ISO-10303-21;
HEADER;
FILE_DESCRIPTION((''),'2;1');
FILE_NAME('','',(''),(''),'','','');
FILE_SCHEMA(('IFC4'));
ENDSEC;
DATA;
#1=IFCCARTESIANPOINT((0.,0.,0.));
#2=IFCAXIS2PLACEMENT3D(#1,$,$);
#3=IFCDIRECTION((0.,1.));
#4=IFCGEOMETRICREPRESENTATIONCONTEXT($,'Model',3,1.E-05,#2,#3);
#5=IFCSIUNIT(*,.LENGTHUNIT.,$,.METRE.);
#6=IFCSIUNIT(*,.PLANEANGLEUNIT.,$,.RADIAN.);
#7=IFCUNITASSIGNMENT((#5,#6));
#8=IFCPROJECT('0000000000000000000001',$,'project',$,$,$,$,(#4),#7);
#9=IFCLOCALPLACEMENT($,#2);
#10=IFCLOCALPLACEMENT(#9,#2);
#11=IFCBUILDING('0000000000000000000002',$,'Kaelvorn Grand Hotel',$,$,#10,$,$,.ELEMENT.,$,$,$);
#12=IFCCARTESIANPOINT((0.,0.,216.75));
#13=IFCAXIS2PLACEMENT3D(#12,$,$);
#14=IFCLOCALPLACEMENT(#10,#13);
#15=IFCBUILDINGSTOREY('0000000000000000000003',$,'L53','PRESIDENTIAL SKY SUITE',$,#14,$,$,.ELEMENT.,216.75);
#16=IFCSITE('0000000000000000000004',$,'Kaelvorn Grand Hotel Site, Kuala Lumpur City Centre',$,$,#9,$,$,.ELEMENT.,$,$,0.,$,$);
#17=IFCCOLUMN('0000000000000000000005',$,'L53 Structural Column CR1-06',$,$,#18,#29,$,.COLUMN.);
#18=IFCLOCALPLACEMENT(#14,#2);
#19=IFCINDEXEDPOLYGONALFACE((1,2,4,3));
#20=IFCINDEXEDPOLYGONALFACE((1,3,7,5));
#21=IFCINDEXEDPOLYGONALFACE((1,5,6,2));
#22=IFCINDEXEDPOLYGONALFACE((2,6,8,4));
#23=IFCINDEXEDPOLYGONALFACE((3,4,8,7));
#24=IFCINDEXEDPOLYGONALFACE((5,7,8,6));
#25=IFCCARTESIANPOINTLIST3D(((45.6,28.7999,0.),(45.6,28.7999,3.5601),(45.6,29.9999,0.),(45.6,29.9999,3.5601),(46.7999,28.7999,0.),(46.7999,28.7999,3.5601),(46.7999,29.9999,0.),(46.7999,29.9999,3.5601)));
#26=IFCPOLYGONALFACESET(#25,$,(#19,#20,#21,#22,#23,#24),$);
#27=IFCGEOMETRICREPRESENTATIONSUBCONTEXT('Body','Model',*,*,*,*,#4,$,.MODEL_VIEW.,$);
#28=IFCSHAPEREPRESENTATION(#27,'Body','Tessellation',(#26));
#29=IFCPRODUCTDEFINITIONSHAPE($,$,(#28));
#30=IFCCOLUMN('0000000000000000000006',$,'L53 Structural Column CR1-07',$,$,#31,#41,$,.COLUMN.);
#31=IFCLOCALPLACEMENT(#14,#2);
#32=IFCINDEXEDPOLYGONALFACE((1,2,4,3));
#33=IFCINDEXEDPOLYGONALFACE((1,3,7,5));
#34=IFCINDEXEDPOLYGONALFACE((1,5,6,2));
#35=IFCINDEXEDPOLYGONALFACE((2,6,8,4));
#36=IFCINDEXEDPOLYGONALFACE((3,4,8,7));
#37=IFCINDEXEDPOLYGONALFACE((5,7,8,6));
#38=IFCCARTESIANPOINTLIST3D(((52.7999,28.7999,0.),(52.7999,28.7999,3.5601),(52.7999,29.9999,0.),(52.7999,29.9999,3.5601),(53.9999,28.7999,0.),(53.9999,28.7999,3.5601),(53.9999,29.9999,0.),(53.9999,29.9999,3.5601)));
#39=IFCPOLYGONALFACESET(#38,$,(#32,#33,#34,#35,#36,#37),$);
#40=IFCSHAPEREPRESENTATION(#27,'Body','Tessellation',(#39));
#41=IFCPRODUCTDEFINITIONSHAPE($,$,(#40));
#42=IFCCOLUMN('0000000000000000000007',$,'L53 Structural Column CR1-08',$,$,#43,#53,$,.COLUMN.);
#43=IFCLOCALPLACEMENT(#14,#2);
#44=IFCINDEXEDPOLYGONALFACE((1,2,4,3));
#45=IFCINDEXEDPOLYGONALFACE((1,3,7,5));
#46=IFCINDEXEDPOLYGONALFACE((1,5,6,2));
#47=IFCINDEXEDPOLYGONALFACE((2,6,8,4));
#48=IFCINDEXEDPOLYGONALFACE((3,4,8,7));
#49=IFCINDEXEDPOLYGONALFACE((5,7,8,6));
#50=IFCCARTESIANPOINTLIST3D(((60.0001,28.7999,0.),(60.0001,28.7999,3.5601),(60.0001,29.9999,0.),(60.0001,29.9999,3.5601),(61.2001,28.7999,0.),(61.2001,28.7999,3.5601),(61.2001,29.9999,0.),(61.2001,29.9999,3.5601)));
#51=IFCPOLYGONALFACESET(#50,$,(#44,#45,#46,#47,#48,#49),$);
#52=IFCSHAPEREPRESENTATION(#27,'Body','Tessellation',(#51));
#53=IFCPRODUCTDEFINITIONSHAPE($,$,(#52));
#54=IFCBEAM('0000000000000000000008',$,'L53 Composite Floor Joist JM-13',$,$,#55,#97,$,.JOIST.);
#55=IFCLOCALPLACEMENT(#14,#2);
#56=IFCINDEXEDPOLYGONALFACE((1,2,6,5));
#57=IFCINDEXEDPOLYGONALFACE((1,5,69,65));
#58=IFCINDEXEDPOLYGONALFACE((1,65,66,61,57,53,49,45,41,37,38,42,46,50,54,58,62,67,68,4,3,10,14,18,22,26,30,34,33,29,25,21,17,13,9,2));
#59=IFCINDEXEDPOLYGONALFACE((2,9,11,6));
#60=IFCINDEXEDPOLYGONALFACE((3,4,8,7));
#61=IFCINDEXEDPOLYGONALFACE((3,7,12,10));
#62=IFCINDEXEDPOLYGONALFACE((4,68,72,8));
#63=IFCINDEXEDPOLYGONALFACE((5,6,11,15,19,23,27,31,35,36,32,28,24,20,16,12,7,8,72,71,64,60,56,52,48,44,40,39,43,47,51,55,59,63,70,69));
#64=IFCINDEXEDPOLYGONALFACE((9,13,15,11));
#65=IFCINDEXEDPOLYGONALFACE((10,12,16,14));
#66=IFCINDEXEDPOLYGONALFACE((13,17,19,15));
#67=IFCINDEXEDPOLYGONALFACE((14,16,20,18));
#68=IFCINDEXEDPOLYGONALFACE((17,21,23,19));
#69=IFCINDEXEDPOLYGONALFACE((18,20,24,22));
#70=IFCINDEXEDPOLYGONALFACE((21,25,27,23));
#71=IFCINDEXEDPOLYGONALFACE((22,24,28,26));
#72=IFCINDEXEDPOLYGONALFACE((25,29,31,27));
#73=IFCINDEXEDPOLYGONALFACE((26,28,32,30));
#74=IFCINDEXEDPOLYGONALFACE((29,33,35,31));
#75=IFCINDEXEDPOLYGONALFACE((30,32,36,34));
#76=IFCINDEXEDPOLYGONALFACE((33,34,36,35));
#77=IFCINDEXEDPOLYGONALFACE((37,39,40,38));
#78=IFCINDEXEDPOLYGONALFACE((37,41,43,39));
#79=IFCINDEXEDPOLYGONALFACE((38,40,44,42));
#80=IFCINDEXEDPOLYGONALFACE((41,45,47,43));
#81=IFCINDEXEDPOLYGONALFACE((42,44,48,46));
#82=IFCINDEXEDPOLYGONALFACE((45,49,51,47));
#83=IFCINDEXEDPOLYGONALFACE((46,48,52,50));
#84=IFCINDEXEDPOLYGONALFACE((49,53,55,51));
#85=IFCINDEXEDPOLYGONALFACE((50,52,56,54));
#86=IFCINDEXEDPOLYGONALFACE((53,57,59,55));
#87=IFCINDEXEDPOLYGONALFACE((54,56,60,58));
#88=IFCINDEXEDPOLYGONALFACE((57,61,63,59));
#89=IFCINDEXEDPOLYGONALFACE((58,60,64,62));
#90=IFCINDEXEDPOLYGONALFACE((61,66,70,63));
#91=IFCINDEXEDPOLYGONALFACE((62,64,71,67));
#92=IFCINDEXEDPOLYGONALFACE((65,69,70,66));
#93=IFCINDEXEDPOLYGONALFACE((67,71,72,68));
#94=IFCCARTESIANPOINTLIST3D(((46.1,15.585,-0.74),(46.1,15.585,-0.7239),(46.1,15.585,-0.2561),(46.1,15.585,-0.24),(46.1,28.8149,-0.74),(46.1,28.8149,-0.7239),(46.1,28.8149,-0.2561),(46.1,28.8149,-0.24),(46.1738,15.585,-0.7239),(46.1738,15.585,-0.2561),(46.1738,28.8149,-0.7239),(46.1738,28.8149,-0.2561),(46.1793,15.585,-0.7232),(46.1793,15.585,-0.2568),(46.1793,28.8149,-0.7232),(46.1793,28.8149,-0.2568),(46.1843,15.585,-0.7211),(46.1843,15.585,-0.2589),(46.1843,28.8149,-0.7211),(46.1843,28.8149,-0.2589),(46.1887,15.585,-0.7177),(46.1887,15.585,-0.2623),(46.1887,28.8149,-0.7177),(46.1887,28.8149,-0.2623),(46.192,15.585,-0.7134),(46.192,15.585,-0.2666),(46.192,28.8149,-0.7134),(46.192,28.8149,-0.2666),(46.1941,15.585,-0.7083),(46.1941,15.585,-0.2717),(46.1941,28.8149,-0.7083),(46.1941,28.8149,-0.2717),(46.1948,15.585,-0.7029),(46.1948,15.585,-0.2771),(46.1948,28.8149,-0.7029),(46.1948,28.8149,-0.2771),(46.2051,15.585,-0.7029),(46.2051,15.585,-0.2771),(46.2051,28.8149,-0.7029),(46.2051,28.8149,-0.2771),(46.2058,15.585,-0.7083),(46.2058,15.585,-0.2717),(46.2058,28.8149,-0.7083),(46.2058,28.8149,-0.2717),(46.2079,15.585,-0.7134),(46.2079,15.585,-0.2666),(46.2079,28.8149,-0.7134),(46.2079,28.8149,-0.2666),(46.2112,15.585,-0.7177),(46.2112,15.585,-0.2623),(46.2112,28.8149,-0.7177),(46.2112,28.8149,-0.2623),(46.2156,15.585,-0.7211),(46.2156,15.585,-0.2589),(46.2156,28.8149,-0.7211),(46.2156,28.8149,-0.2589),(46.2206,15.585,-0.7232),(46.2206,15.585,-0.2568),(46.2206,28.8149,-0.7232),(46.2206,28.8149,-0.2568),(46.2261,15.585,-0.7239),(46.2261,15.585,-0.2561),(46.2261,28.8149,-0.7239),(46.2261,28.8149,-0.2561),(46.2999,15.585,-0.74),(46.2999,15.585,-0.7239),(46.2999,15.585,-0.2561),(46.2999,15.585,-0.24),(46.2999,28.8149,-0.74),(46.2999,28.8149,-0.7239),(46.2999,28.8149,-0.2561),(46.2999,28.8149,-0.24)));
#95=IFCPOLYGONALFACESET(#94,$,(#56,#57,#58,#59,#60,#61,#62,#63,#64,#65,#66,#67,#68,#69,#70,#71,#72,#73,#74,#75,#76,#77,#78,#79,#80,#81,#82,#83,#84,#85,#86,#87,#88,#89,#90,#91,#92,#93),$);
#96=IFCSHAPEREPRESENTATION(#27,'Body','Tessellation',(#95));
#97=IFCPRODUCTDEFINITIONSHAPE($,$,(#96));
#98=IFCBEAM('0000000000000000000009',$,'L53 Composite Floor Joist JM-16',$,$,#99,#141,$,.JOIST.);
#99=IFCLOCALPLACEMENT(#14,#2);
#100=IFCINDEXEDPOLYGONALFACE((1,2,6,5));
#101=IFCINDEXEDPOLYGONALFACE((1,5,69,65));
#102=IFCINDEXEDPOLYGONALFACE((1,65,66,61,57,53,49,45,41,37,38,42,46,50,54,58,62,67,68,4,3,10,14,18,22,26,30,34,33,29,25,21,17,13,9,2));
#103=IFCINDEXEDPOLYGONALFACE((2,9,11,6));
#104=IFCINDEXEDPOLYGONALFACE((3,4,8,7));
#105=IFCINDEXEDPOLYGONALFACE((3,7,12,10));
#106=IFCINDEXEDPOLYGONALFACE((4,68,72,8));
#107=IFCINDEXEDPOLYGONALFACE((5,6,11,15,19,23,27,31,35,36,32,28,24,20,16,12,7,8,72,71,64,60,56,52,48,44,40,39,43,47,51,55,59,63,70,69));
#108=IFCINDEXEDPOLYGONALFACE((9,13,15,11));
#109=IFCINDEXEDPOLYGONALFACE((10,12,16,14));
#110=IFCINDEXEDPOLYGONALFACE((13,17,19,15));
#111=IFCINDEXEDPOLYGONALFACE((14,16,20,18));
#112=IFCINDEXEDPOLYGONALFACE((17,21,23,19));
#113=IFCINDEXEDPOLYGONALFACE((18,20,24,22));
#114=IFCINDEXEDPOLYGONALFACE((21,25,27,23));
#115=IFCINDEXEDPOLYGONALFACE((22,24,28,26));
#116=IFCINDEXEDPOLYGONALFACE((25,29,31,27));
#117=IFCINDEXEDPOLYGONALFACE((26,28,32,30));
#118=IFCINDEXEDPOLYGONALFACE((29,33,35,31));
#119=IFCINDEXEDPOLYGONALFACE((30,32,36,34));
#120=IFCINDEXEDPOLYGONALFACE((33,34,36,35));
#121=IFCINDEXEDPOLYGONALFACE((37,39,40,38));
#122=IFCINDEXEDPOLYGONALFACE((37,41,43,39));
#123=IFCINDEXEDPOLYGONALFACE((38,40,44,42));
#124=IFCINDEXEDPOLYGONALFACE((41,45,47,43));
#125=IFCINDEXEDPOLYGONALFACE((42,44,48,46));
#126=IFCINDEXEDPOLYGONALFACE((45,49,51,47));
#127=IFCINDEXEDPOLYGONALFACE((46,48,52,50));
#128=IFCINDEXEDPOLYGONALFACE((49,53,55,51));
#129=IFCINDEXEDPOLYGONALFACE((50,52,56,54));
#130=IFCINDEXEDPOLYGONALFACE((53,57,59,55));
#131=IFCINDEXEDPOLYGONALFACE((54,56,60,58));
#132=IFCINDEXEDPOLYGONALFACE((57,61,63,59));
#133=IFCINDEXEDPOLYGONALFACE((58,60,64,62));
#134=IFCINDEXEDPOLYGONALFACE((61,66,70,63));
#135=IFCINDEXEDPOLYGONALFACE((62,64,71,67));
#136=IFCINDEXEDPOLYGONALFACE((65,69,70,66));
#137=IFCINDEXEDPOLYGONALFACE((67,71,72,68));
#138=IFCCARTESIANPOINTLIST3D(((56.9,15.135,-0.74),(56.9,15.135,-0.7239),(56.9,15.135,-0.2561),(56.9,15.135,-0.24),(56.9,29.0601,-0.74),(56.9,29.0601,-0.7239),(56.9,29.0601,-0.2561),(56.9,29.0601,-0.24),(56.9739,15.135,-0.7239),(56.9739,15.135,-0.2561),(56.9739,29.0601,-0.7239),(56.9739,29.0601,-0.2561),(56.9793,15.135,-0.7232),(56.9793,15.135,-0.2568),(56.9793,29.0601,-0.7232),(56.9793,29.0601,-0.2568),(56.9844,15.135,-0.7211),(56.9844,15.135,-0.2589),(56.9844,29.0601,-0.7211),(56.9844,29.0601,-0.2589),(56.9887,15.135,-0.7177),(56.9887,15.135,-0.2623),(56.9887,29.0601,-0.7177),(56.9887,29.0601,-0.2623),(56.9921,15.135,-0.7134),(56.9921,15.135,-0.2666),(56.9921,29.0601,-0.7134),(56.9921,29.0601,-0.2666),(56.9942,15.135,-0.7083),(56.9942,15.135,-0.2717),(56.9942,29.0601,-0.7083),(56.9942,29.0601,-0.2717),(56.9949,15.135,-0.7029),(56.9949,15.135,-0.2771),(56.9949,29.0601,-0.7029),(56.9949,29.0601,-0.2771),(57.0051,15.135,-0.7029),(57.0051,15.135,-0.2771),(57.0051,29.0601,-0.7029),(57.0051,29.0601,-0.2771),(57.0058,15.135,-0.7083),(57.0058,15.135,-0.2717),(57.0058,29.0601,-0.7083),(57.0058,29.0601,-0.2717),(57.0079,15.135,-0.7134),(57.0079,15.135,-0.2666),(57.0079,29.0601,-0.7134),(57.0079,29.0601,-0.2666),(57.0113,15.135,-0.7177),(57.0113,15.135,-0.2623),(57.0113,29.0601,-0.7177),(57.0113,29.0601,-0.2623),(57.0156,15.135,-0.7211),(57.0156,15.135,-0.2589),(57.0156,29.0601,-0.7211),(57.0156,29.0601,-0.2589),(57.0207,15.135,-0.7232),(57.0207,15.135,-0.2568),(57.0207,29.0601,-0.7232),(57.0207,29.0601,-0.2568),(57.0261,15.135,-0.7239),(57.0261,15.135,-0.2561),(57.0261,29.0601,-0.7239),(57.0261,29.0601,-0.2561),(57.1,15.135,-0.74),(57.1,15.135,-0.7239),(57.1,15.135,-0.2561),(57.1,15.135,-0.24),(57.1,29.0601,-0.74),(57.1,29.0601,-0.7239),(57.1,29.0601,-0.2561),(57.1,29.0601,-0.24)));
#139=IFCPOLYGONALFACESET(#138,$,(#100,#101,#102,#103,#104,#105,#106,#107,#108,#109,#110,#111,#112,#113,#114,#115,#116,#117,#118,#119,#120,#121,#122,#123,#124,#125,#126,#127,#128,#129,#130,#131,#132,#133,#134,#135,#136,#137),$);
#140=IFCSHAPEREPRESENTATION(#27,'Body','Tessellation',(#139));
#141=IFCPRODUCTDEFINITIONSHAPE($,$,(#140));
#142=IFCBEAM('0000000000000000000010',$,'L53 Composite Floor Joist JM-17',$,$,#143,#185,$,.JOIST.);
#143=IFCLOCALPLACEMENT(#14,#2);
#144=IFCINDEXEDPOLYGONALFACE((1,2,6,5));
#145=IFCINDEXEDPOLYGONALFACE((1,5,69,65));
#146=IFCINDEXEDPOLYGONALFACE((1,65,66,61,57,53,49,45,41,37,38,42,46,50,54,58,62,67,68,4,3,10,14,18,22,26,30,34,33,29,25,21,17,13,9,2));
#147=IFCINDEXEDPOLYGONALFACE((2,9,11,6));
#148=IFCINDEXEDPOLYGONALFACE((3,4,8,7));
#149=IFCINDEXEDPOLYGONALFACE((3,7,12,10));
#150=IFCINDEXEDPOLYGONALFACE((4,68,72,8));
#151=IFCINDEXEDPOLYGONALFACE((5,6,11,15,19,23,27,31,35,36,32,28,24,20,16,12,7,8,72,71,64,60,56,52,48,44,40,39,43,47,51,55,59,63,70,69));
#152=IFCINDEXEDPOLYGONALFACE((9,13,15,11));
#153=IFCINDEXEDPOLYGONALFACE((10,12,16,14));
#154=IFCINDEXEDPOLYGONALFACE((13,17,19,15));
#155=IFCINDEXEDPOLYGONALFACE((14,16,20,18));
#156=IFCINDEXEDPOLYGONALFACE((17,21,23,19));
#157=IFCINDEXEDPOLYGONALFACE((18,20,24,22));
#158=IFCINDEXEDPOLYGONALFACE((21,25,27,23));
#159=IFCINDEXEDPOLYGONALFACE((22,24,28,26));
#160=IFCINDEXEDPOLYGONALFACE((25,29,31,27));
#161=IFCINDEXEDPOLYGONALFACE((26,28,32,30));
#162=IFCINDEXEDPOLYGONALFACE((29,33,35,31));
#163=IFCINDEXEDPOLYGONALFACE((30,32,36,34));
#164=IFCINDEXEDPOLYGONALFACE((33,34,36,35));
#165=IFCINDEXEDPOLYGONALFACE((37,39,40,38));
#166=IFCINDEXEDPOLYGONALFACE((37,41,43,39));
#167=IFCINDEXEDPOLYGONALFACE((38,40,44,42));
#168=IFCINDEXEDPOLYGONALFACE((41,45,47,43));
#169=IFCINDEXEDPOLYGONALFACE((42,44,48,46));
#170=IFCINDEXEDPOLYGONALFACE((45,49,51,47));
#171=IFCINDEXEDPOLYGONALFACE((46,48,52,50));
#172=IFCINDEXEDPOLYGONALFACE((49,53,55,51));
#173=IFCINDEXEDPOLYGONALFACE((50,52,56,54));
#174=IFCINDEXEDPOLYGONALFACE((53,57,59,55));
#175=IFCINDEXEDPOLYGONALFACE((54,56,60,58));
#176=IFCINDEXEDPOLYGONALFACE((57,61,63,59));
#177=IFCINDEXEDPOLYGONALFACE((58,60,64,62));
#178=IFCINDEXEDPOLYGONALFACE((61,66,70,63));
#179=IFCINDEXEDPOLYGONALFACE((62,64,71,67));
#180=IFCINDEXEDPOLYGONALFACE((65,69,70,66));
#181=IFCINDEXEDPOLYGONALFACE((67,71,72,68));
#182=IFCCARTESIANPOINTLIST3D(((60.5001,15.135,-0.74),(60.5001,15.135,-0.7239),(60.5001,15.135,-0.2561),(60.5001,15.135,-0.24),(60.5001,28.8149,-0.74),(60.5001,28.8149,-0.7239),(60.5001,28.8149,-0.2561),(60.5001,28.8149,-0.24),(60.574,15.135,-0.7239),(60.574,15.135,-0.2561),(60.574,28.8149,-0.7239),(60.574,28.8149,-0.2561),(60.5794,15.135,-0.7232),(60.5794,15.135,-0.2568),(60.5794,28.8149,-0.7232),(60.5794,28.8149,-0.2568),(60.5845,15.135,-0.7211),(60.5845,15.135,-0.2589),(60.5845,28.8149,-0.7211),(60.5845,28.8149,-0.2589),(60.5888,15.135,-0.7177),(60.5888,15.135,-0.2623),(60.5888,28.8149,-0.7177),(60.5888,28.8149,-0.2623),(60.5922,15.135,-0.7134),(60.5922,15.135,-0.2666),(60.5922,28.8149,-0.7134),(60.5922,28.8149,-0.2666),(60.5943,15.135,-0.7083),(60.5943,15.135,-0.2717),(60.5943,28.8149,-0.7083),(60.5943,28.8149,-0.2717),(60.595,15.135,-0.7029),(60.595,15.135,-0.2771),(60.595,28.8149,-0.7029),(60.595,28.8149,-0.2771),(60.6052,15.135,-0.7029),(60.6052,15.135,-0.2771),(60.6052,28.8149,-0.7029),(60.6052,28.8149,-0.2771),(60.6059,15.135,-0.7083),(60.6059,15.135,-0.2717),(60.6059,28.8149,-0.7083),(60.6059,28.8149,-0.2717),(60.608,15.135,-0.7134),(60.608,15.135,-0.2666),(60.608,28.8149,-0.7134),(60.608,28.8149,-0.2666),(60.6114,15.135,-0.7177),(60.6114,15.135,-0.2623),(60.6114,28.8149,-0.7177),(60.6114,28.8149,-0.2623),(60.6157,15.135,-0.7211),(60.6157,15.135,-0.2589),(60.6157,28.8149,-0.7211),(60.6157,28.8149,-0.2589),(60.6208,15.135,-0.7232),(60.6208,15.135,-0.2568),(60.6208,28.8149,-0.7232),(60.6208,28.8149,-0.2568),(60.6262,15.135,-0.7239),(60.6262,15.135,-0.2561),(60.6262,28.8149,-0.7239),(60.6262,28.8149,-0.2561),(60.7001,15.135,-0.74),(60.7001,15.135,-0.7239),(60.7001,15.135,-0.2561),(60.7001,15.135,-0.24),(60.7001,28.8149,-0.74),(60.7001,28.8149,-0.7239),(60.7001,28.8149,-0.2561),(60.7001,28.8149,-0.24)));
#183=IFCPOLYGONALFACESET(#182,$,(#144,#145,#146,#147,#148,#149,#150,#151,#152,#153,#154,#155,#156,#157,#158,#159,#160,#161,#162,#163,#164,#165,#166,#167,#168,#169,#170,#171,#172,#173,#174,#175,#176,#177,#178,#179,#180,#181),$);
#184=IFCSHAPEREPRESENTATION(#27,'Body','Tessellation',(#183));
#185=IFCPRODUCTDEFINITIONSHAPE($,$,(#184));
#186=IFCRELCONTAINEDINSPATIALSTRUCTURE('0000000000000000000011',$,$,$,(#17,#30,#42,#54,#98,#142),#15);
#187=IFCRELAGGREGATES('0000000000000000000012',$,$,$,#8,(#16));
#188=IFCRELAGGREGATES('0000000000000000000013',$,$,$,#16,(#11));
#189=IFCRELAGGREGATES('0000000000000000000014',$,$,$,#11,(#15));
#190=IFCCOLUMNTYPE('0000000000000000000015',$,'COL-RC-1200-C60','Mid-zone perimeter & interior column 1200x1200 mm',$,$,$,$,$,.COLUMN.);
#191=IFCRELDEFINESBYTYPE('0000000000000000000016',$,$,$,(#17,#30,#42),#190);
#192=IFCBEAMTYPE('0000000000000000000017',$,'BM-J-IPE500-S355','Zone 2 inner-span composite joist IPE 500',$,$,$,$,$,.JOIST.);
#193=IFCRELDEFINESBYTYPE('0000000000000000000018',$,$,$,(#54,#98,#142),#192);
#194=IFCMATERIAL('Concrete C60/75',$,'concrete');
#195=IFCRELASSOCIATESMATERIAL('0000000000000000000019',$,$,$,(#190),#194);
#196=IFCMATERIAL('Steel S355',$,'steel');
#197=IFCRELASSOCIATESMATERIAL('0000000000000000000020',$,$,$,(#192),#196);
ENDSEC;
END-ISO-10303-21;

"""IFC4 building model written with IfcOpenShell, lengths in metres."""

from ifc_helpers import new_model, si_unit, direction, frame, origin, origin_2d, place, context, subcontext, project, spatial, rectangle, i_section, extrude, material, material_profile, profile_set, type_object, element, save


model = new_model("IFC4")

# Units and contexts
model_context = context("Model", 3, precision=1e-05, world=origin(), true_north=direction((0.0, 1.0)))
body_context = subcontext(model_context, "Body", "Model", "MODEL_VIEW")
ifc_project = project(units=[si_unit("LENGTHUNIT", "METRE"), si_unit("PLANEANGLEUNIT", "RADIAN")], contexts=[model_context])

# Site, building, storey
site_placement = place(None, origin())
site = spatial("IfcSite", under=ifc_project, at=site_placement, Name="Kaelvorn Grand Hotel Site, Kuala Lumpur City Centre", CompositionType="ELEMENT", RefElevation=0.0)
building_placement = place(site_placement, origin())
building = spatial("IfcBuilding", under=site, at=building_placement, Name="Kaelvorn Grand Hotel", CompositionType="ELEMENT")
storey_placement = place(building_placement, frame((0.0, 0.0, 216.75)))
storey = spatial("IfcBuildingStorey", under=building, at=storey_placement, Name="L53", Description="PRESIDENTIAL SKY SUITE", CompositionType="ELEMENT", Elevation=216.75)

# Columns
ifc_material_1 = material(Name="Concrete C60/75", Category="concrete")
ifc_material_profile_1 = material_profile(ifc_material_1, rectangle(XDim=1.2, YDim=1.2, at=origin_2d()), Name="RC COL 1200x1200")
ifc_profile_set_1 = profile_set([ifc_material_profile_1], Name="Concrete C60/75")
column_type = type_object("IfcColumnType", Name="COL-RC-1200-C60", Description="Mid-zone perimeter & interior column 1200x1200 mm", PredefinedType="COLUMN", material=ifc_profile_set_1)
for number, where, z_axis, x_axis, name in (
    (1, (46.2, 29.3999, 0.0), (0.0, 0.0, 1.0), (1.0, 0.0, 0.0), "L53 Structural Column CR1-06"),
    (2, (53.3999, 29.3999, 0.0), (0.0, 0.0, 1.0), (1.0, 0.0, 0.0), "L53 Structural Column CR1-07"),
    (3, (60.6001, 29.3999, 0.0), (0.0, 0.0, 1.0), (1.0, 0.0, 0.0), "L53 Structural Column CR1-08"),
):
    element("IfcColumn", number, at=place(storey_placement, frame(where, z_axis=z_axis, x_axis=x_axis)), inside=storey, type_object=column_type, Name=name, PredefinedType="COLUMN", context=body_context, shape_type="SweptSolid", body=[
        extrude(rectangle(XDim=1.2, YDim=1.2, at=origin_2d()), origin(), (0.0, 0.0, 1.0), 3.5601),
    ])

# Beams
ifc_material_2 = material(Name="Steel S355", Category="steel")
ifc_material_profile_2 = material_profile(ifc_material_2, i_section(OverallWidth=0.2, OverallDepth=0.5, WebThickness=0.0103, FlangeThickness=0.0161, FilletRadius=0.021, at=origin_2d()), Name="IPE 500")
ifc_profile_set_2 = profile_set([ifc_material_profile_2], Name="Steel S355")
beam_type_1 = type_object("IfcBeamType", Name="BM-J-IPE500-S355", Description="Zone 2 inner-span composite joist IPE 500", PredefinedType="JOIST", material=ifc_profile_set_2)
beam_1_placement = place(storey_placement, frame((46.2, 15.585, -0.49), z_axis=(0.0, 1.0, 0.0), x_axis=(-1.0, 0.0, 0.0)))
element("IfcBeam", 4, at=beam_1_placement, inside=storey, type_object=beam_type_1, Name="L53 Composite Floor Joist JM-13", PredefinedType="JOIST", context=body_context, shape_type="SweptSolid", body=[
    extrude(i_section(OverallWidth=0.2, OverallDepth=0.5, WebThickness=0.0103, FlangeThickness=0.0161, FilletRadius=0.021, at=origin_2d()), origin(), (0.0, 0.0, 1.0), 13.23),
])
beam_2_placement = place(storey_placement, frame((57.0, 15.135, -0.49), z_axis=(0.0, 1.0, 0.0), x_axis=(-1.0, 0.0, 0.0)))
element("IfcBeam", 5, at=beam_2_placement, inside=storey, type_object=beam_type_1, Name="L53 Composite Floor Joist JM-16", PredefinedType="JOIST", context=body_context, shape_type="SweptSolid", body=[
    extrude(i_section(OverallWidth=0.2, OverallDepth=0.5, WebThickness=0.0103, FlangeThickness=0.0161, FilletRadius=0.021, at=origin_2d()), origin(), (0.0, 0.0, 1.0), 13.925),
])
beam_3_placement = place(storey_placement, frame((60.6001, 15.135, -0.49), z_axis=(0.0, 1.0, 0.0), x_axis=(-1.0, 0.0, 0.0)))
element("IfcBeam", 6, at=beam_3_placement, inside=storey, type_object=beam_type_1, Name="L53 Composite Floor Joist JM-17", PredefinedType="JOIST", context=body_context, shape_type="SweptSolid", body=[
    extrude(i_section(OverallWidth=0.2, OverallDepth=0.5, WebThickness=0.0103, FlangeThickness=0.0161, FilletRadius=0.021, at=origin_2d()), origin(), (0.0, 0.0, 1.0), 13.6799),
])

save(model, "model.ifc")
